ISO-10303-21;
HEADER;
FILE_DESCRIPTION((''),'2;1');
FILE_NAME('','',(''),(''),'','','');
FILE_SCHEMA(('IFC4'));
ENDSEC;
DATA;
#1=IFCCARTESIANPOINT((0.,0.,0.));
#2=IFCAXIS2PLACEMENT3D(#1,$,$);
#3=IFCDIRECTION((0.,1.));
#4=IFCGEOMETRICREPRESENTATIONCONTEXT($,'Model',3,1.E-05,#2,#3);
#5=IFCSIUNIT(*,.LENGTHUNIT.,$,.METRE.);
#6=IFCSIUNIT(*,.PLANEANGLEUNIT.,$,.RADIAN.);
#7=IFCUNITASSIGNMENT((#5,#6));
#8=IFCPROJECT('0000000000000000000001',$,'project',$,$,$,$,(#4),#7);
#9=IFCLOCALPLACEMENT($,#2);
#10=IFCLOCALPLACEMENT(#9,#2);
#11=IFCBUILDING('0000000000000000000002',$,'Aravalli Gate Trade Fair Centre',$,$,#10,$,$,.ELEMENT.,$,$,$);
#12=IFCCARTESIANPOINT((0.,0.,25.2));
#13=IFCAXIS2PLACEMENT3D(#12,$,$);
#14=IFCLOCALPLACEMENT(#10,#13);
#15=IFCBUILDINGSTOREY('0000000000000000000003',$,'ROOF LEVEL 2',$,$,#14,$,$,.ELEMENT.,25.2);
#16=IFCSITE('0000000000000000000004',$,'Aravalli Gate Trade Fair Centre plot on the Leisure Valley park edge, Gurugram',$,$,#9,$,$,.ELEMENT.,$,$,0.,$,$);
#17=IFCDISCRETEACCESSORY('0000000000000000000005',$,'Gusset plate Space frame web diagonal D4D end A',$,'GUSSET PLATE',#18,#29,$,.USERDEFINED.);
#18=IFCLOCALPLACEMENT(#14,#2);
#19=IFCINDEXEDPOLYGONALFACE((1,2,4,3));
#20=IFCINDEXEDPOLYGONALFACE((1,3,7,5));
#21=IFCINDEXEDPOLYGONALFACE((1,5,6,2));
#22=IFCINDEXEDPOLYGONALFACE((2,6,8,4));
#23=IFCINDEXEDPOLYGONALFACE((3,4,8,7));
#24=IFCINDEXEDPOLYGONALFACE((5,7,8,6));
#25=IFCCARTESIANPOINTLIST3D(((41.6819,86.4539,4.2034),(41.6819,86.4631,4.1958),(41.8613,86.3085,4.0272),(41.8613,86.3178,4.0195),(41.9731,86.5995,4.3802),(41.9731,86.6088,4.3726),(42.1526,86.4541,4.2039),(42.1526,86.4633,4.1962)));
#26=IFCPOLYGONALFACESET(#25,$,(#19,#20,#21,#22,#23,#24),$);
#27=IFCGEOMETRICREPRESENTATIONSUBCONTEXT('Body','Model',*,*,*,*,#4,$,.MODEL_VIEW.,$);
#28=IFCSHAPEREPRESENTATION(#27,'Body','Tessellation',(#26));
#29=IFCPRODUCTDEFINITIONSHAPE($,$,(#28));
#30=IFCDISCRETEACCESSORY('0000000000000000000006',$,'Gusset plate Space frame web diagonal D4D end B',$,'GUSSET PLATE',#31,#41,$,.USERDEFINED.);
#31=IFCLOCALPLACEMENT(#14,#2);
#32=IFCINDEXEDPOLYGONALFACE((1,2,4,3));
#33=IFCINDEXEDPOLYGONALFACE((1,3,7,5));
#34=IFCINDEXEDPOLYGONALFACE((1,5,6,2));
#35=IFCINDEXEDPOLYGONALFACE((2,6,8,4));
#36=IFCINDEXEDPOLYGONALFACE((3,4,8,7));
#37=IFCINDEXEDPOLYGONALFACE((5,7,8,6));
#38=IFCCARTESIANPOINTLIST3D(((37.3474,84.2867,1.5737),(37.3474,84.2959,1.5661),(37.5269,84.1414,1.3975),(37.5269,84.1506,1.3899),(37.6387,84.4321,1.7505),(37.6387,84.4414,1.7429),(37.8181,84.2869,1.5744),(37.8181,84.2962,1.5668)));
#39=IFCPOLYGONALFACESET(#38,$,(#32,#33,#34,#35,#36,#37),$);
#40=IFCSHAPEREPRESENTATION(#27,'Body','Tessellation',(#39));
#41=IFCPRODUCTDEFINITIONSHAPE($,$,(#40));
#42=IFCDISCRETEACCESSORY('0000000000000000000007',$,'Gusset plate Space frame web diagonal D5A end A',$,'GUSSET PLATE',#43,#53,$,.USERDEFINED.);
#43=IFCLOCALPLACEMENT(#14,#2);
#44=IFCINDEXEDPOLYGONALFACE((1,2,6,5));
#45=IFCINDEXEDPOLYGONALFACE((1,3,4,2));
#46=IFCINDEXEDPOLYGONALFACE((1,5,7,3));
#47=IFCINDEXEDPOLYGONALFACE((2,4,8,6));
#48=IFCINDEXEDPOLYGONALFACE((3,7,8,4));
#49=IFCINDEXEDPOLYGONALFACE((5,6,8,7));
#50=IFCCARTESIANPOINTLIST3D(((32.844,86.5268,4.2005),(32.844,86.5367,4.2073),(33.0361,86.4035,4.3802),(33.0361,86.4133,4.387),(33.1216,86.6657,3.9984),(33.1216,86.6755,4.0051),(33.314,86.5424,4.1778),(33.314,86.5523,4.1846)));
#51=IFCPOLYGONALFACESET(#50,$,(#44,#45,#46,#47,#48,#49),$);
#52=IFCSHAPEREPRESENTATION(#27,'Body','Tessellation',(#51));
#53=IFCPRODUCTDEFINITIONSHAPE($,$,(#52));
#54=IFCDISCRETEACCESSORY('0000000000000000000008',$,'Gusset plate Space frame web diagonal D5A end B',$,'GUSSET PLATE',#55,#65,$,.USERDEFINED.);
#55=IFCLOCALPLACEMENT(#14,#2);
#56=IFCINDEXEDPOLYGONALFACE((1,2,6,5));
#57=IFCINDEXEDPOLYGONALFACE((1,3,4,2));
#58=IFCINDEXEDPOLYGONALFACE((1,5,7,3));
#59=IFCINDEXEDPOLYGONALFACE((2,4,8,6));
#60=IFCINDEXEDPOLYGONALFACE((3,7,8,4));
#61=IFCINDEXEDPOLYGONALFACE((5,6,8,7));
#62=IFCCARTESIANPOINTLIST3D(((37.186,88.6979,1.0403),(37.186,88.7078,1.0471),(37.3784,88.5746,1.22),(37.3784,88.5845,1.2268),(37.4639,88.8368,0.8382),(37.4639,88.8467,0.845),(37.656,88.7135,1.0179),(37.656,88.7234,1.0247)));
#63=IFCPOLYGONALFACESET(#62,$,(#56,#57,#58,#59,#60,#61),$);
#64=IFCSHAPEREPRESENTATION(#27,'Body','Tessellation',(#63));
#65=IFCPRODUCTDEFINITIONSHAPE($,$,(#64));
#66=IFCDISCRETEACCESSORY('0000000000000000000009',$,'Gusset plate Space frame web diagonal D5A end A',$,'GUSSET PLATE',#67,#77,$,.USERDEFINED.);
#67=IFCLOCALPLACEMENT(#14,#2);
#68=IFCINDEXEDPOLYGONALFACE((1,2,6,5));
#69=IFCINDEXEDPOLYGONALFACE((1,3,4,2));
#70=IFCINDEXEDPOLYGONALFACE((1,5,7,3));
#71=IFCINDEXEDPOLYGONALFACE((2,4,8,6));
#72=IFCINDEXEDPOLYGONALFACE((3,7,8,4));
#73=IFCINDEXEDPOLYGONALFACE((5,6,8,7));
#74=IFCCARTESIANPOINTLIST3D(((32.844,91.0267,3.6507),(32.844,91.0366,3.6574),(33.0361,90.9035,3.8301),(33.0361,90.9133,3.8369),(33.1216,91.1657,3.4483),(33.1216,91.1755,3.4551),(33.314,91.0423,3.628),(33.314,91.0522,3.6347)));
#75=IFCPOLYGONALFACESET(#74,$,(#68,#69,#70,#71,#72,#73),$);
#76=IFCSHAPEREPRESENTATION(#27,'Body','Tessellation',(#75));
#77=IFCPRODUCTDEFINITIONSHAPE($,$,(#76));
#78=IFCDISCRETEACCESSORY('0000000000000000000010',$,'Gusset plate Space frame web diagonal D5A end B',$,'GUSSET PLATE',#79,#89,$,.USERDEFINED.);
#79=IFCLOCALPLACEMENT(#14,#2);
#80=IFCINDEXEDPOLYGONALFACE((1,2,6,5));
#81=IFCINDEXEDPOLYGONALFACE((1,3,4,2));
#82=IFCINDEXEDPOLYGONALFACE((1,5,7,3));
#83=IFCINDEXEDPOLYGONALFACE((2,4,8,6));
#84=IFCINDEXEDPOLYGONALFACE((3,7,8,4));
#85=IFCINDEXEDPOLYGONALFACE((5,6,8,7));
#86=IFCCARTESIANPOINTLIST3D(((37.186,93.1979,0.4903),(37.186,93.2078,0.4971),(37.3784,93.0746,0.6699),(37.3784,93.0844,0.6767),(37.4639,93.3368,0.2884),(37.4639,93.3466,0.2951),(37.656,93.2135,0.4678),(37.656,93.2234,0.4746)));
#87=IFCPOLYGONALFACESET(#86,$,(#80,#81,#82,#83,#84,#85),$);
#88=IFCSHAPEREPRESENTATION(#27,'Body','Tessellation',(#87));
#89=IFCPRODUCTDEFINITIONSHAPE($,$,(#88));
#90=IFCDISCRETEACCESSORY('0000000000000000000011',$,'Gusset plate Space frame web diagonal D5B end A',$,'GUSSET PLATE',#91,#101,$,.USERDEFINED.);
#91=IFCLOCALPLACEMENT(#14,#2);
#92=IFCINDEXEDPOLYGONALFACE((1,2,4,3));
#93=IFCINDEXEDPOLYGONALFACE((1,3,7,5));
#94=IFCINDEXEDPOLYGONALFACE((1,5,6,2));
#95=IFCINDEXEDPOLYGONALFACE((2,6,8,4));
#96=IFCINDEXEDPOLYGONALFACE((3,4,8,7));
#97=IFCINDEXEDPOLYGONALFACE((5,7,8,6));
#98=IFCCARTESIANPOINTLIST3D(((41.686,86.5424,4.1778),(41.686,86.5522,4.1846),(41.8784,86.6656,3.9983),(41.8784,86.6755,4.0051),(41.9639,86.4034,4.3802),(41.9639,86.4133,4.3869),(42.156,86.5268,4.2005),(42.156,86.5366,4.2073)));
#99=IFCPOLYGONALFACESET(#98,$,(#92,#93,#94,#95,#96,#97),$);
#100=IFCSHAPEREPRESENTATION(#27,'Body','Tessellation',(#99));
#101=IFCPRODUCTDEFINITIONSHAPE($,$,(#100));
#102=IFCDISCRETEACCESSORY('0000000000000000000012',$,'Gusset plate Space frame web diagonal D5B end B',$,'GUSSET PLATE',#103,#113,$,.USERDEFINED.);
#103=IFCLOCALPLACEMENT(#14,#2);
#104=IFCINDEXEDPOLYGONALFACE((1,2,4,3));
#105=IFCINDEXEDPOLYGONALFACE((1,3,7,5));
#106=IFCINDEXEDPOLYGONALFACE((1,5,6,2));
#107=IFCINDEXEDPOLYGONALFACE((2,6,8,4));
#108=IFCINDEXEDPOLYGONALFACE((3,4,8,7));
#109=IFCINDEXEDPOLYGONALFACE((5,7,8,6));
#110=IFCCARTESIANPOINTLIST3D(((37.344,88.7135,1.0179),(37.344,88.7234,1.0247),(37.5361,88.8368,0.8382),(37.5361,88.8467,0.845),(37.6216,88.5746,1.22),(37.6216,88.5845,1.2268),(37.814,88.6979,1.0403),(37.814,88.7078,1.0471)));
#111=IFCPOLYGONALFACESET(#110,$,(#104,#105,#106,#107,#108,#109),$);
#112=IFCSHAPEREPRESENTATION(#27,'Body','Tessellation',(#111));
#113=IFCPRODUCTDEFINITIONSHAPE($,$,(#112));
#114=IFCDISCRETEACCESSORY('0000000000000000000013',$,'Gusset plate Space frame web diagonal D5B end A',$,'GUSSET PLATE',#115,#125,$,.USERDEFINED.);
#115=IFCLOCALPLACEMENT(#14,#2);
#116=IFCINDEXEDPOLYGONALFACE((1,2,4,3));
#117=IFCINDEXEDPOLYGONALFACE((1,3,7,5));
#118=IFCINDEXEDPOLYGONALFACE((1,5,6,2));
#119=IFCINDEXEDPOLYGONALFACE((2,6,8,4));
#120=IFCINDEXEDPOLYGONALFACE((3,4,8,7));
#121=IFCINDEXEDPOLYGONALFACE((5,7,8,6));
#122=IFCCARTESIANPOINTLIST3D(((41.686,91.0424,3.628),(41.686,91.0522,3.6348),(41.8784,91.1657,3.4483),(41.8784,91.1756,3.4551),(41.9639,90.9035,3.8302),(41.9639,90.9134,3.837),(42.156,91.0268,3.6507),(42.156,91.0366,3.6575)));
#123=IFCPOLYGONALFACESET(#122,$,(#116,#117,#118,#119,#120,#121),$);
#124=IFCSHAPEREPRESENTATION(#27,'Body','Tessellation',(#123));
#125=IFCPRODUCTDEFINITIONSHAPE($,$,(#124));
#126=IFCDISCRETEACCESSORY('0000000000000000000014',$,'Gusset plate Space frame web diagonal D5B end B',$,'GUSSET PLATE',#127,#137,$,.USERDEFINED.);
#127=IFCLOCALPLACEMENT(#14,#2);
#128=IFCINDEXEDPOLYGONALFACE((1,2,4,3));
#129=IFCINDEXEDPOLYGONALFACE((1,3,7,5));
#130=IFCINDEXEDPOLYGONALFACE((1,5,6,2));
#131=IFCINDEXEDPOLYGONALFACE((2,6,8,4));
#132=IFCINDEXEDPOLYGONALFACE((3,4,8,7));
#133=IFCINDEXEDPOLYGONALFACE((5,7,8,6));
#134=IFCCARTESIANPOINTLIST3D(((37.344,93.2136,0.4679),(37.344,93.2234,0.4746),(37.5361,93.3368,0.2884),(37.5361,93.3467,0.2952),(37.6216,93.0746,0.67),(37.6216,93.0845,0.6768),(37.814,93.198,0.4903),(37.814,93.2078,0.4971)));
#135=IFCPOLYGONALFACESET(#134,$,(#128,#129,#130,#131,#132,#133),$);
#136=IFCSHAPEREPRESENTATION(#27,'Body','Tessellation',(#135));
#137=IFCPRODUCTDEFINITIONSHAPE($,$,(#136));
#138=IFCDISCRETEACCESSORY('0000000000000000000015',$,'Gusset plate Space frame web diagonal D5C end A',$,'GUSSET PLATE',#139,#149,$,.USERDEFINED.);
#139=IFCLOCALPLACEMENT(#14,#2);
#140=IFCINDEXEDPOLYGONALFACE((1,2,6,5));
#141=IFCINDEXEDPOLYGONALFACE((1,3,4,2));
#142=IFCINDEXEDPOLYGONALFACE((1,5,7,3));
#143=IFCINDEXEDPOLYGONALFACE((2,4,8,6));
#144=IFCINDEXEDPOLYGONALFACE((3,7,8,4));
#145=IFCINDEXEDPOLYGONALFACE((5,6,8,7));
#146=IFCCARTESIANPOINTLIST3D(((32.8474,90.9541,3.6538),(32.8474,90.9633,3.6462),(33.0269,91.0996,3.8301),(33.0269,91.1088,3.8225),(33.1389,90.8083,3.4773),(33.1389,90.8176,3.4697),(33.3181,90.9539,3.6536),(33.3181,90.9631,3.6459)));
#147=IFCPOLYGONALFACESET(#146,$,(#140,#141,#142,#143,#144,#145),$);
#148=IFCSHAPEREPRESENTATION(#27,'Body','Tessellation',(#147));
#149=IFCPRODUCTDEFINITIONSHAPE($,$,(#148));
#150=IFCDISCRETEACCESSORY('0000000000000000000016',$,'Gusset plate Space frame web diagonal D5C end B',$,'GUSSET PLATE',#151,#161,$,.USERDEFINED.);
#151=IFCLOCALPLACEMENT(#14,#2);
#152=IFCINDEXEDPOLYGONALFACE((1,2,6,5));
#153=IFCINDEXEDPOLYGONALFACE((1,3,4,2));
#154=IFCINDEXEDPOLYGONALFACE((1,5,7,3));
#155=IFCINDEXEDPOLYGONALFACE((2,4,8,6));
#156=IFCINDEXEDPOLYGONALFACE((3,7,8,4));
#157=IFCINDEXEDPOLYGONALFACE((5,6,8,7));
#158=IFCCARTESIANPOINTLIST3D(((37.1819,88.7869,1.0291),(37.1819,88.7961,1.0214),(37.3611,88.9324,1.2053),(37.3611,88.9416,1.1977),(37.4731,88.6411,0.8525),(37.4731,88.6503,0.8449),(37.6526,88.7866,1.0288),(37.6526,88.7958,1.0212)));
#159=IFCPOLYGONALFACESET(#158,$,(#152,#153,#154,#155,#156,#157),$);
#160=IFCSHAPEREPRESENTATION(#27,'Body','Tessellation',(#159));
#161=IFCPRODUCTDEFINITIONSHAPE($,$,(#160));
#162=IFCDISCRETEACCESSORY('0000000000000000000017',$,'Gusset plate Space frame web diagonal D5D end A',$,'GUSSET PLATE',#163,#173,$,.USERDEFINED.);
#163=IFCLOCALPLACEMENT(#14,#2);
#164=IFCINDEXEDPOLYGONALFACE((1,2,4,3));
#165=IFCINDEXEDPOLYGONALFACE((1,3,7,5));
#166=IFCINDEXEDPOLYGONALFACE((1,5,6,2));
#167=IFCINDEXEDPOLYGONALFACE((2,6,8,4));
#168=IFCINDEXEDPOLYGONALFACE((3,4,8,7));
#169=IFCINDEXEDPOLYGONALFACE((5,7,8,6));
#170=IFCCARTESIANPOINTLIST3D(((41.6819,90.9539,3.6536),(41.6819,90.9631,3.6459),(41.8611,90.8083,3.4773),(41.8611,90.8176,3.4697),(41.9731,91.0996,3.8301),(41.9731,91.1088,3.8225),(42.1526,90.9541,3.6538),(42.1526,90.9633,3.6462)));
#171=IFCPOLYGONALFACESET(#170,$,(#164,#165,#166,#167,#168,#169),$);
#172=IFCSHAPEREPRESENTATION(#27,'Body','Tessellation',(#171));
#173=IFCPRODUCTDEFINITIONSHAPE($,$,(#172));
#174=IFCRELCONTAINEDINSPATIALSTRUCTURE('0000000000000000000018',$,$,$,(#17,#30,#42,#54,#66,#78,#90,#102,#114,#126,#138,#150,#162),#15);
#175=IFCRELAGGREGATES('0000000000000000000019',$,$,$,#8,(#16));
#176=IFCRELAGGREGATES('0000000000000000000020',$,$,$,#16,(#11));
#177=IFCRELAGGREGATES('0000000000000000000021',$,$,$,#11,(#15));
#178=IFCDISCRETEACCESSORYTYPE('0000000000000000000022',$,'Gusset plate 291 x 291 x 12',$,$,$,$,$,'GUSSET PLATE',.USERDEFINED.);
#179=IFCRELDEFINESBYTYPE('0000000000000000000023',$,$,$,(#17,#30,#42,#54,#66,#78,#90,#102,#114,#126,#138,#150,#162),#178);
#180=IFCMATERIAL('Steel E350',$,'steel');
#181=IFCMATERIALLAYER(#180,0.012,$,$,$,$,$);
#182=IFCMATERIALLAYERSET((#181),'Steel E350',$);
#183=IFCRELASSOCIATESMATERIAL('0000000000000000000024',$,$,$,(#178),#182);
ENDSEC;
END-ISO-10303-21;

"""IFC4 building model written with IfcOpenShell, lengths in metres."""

from ifc_helpers import new_model, si_unit, direction, frame, origin, place, context, subcontext, project, spatial, polyline, outline, extrude, material, layer, layer_set, type_object, element, save


model = new_model("IFC4")

# Units and contexts
model_context = context("Model", 3, precision=1e-05, world=origin(), true_north=direction((0.0, 1.0)))
body_context = subcontext(model_context, "Body", "Model", "MODEL_VIEW")
ifc_project = project(units=[si_unit("LENGTHUNIT", "METRE"), si_unit("PLANEANGLEUNIT", "RADIAN")], contexts=[model_context])

# Site, building, storey
site_placement = place(None, origin())
site = spatial("IfcSite", under=ifc_project, at=site_placement, Name="Aravalli Gate Trade Fair Centre plot on the Leisure Valley park edge, Gurugram", CompositionType="ELEMENT", RefElevation=0.0)
building_placement = place(site_placement, origin())
building = spatial("IfcBuilding", under=site, at=building_placement, Name="Aravalli Gate Trade Fair Centre", CompositionType="ELEMENT")
storey_placement = place(building_placement, frame((0.0, 0.0, 25.2)))
storey = spatial("IfcBuildingStorey", under=building, at=storey_placement, Name="ROOF LEVEL 2", CompositionType="ELEMENT", Elevation=25.2)

# Shared definitions
ifc_material = material(Name="Steel E350", Category="steel")

# Discrete accessories
ifc_layer = layer(ifc_material, 0.012)
ifc_layer_set = layer_set([ifc_layer], Name="Steel E350")
discrete_accessory_type = type_object("IfcDiscreteAccessoryType", Name="Gusset plate 291 x 291 x 12", ElementType="GUSSET PLATE", PredefinedType="USERDEFINED", material=ifc_layer_set)
discrete_accessory_1_placement = place(storey_placement, frame((41.6819, 86.4539, 4.2034), z_axis=(-0.00026, -0.771582, 0.63613), x_axis=(0.785986, 0.393126, 0.477156)))
element("IfcDiscreteAccessory", 1, at=discrete_accessory_1_placement, inside=storey, type_object=discrete_accessory_type, Name="Gusset plate Space frame web diagonal D4D end A", ObjectType="GUSSET PLATE", PredefinedType="USERDEFINED", context=body_context, shape_type="SweptSolid", body=[
    extrude(outline(polyline([(0.0, 0.0), (0.3706, 0.0), (0.3703, -0.2906), (-0.0002, -0.2905), (0.0, 0.0)])), origin(), (0.0, 0.0, -1.0), 0.012),
])
discrete_accessory_2_placement = place(storey_placement, frame((37.6387, 84.4321, 1.7505), z_axis=(-0.000589, -0.771792, 0.635874), x_axis=(-0.78619, -0.392604, -0.477251)))
element("IfcDiscreteAccessory", 2, at=discrete_accessory_2_placement, inside=storey, type_object=discrete_accessory_type, Name="Gusset plate Space frame web diagonal D4D end B", ObjectType="GUSSET PLATE", PredefinedType="USERDEFINED", context=body_context, shape_type="SweptSolid", body=[
    extrude(outline(polyline([(0.0, 0.0), (0.3705, 0.0), (0.3705, 0.2905), (0.0, 0.2903), (0.0, 0.0)])), origin(), (0.0, 0.0, -1.0), 0.012),
])
discrete_accessory_3_placement = place(storey_placement, frame((33.1216, 86.6755, 4.0051), z_axis=(-0.000059, 0.824356, 0.566072), x_axis=(-0.749371, -0.374861, 0.545822)))
element("IfcDiscreteAccessory", 3, at=discrete_accessory_3_placement, inside=storey, type_object=discrete_accessory_type, Name="Gusset plate Space frame web diagonal D5A end A", ObjectType="GUSSET PLATE", PredefinedType="USERDEFINED", context=body_context, shape_type="SweptSolid", body=[
    extrude(outline(polyline([(0.0, 0.0), (0.3704, 0.0), (0.3707, 0.2905), (0.0, 0.2905), (0.0, 0.0)])), origin(), (0.0, 0.0, -1.0), 0.012),
])
discrete_accessory_4_placement = place(storey_placement, frame((37.186, 88.7078, 1.0471), z_axis=(-0.000356, 0.824387, 0.566027), x_axis=(0.74966, 0.37483, -0.545447)))
element("IfcDiscreteAccessory", 4, at=discrete_accessory_4_placement, inside=storey, type_object=discrete_accessory_type, Name="Gusset plate Space frame web diagonal D5A end B", ObjectType="GUSSET PLATE", PredefinedType="USERDEFINED", context=body_context, shape_type="SweptSolid", body=[
    extrude(outline(polyline([(0.0, 0.0), (0.3706, 0.0), (0.3704, -0.2905), (0.0, -0.2907), (0.0, 0.0)])), origin(), (0.0, 0.0, -1.0), 0.012),
])
discrete_accessory_5_placement = place(storey_placement, frame((33.1216, 91.1755, 3.4551), z_axis=(-0.000059, 0.824356, 0.566072), x_axis=(-0.749102, -0.375034, 0.546073)))
element("IfcDiscreteAccessory", 5, at=discrete_accessory_5_placement, inside=storey, type_object=discrete_accessory_type, Name="Gusset plate Space frame web diagonal D5A end A", ObjectType="GUSSET PLATE", PredefinedType="USERDEFINED", context=body_context, shape_type="SweptSolid", body=[
    extrude(outline(polyline([(0.0, 0.0), (0.3706, 0.0), (0.3709, 0.2904), (0.0002, 0.2907), (0.0, 0.0)])), origin(), (0.0, 0.0, -1.0), 0.012),
])
discrete_accessory_6_placement = place(storey_placement, frame((37.186, 93.2078, 0.4971), z_axis=(-0.000339, 0.824216, 0.566276), x_axis=(0.749929, 0.374811, -0.545089)))
element("IfcDiscreteAccessory", 6, at=discrete_accessory_6_placement, inside=storey, type_object=discrete_accessory_type, Name="Gusset plate Space frame web diagonal D5A end B", ObjectType="GUSSET PLATE", PredefinedType="USERDEFINED", context=body_context, shape_type="SweptSolid", body=[
    extrude(outline(polyline([(0.0, 0.0), (0.3705, 0.0), (0.3705, -0.2904), (0.0001, -0.2907), (0.0, 0.0)])), origin(), (0.0, 0.0, -1.0), 0.012),
])
discrete_accessory_7_placement = place(storey_placement, frame((41.686, 86.5522, 4.1846), z_axis=(0.000059, 0.824356, 0.566072), x_axis=(0.749391, -0.374849, 0.545804)))
element("IfcDiscreteAccessory", 7, at=discrete_accessory_7_placement, inside=storey, type_object=discrete_accessory_type, Name="Gusset plate Space frame web diagonal D5B end A", ObjectType="GUSSET PLATE", PredefinedType="USERDEFINED", context=body_context, shape_type="SweptSolid", body=[
    extrude(outline(polyline([(0.0, 0.0), (0.3707, 0.0), (0.3704, 0.2905), (0.0, 0.2905), (0.0, 0.0)])), origin(), (0.0, 0.0, -1.0), 0.012),
])
discrete_accessory_8_placement = place(storey_placement, frame((37.6216, 88.5845, 1.2268), z_axis=(0.000356, 0.824387, 0.566027), x_axis=(-0.749371, 0.375015, -0.545716)))
element("IfcDiscreteAccessory", 8, at=discrete_accessory_8_placement, inside=storey, type_object=discrete_accessory_type, Name="Gusset plate Space frame web diagonal D5B end B", ObjectType="GUSSET PLATE", PredefinedType="USERDEFINED", context=body_context, shape_type="SweptSolid", body=[
    extrude(outline(polyline([(0.0, 0.0), (0.3704, 0.0), (0.3707, -0.2905), (0.0001, -0.2907), (0.0, 0.0)])), origin(), (0.0, 0.0, -1.0), 0.012),
])
discrete_accessory_9_placement = place(storey_placement, frame((41.686, 91.0522, 3.6348), z_axis=(0.000059, 0.824356, 0.566072), x_axis=(0.74966, -0.374676, 0.545552)))
element("IfcDiscreteAccessory", 9, at=discrete_accessory_9_placement, inside=storey, type_object=discrete_accessory_type, Name="Gusset plate Space frame web diagonal D5B end A", ObjectType="GUSSET PLATE", PredefinedType="USERDEFINED", context=body_context, shape_type="SweptSolid", body=[
    extrude(outline(polyline([(0.0, 0.0), (0.3706, 0.0), (0.3706, 0.2904), (0.0, 0.2907), (0.0, 0.0)])), origin(), (0.0, 0.0, -1.0), 0.012),
])
discrete_accessory_10_placement = place(storey_placement, frame((37.6216, 93.0845, 0.6768), z_axis=(0.000339, 0.824216, 0.566276), x_axis=(-0.749371, 0.375169, -0.545611)))
element("IfcDiscreteAccessory", 10, at=discrete_accessory_10_placement, inside=storey, type_object=discrete_accessory_type, Name="Gusset plate Space frame web diagonal D5B end B", ObjectType="GUSSET PLATE", PredefinedType="USERDEFINED", context=body_context, shape_type="SweptSolid", body=[
    extrude(outline(polyline([(0.0, 0.0), (0.3704, 0.0), (0.3706, -0.2904), (0.0001, -0.2907), (0.0, 0.0)])), origin(), (0.0, 0.0, -1.0), 0.012),
])
discrete_accessory_11_placement = place(storey_placement, frame((33.1389, 90.8083, 3.4773), z_axis=(-0.00007, -0.771155, 0.636648), x_axis=(-0.786484, 0.393242, 0.476238)))
element("IfcDiscreteAccessory", 11, at=discrete_accessory_11_placement, inside=storey, type_object=discrete_accessory_type, Name="Gusset plate Space frame web diagonal D5C end A", ObjectType="GUSSET PLATE", PredefinedType="USERDEFINED", context=body_context, shape_type="SweptSolid", body=[
    extrude(outline(polyline([(0.0, 0.0), (0.3706, 0.0), (0.3707, -0.2906), (0.0002, -0.2904), (0.0, 0.0)])), origin(), (0.0, 0.0, -1.0), 0.012),
])
discrete_accessory_12_placement = place(storey_placement, frame((37.1819, 88.7869, 1.0291), z_axis=(-0.00007, -0.771155, 0.636648), x_axis=(0.786233, -0.393446, -0.476485)))
element("IfcDiscreteAccessory", 12, at=discrete_accessory_12_placement, inside=storey, type_object=discrete_accessory_type, Name="Gusset plate Space frame web diagonal D5C end B", ObjectType="GUSSET PLATE", PredefinedType="USERDEFINED", context=body_context, shape_type="SweptSolid", body=[
    extrude(outline(polyline([(0.0, 0.0), (0.3704, 0.0), (0.3703, 0.2906), (-0.0003, 0.2904), (0.0, 0.0)])), origin(), (0.0, 0.0, -1.0), 0.012),
])
discrete_accessory_13_placement = place(storey_placement, frame((41.6819, 90.9539, 3.6536), z_axis=(0.00007, -0.771155, 0.636648), x_axis=(0.786233, 0.393446, 0.476485)))
element("IfcDiscreteAccessory", 13, at=discrete_accessory_13_placement, inside=storey, type_object=discrete_accessory_type, Name="Gusset plate Space frame web diagonal D5D end A", ObjectType="GUSSET PLATE", PredefinedType="USERDEFINED", context=body_context, shape_type="SweptSolid", body=[
    extrude(outline(polyline([(0.0, 0.0), (0.3704, 0.0), (0.3703, -0.2906), (-0.0003, -0.2904), (0.0, 0.0)])), origin(), (0.0, 0.0, -1.0), 0.012),
])

save(model, "model.ifc")
